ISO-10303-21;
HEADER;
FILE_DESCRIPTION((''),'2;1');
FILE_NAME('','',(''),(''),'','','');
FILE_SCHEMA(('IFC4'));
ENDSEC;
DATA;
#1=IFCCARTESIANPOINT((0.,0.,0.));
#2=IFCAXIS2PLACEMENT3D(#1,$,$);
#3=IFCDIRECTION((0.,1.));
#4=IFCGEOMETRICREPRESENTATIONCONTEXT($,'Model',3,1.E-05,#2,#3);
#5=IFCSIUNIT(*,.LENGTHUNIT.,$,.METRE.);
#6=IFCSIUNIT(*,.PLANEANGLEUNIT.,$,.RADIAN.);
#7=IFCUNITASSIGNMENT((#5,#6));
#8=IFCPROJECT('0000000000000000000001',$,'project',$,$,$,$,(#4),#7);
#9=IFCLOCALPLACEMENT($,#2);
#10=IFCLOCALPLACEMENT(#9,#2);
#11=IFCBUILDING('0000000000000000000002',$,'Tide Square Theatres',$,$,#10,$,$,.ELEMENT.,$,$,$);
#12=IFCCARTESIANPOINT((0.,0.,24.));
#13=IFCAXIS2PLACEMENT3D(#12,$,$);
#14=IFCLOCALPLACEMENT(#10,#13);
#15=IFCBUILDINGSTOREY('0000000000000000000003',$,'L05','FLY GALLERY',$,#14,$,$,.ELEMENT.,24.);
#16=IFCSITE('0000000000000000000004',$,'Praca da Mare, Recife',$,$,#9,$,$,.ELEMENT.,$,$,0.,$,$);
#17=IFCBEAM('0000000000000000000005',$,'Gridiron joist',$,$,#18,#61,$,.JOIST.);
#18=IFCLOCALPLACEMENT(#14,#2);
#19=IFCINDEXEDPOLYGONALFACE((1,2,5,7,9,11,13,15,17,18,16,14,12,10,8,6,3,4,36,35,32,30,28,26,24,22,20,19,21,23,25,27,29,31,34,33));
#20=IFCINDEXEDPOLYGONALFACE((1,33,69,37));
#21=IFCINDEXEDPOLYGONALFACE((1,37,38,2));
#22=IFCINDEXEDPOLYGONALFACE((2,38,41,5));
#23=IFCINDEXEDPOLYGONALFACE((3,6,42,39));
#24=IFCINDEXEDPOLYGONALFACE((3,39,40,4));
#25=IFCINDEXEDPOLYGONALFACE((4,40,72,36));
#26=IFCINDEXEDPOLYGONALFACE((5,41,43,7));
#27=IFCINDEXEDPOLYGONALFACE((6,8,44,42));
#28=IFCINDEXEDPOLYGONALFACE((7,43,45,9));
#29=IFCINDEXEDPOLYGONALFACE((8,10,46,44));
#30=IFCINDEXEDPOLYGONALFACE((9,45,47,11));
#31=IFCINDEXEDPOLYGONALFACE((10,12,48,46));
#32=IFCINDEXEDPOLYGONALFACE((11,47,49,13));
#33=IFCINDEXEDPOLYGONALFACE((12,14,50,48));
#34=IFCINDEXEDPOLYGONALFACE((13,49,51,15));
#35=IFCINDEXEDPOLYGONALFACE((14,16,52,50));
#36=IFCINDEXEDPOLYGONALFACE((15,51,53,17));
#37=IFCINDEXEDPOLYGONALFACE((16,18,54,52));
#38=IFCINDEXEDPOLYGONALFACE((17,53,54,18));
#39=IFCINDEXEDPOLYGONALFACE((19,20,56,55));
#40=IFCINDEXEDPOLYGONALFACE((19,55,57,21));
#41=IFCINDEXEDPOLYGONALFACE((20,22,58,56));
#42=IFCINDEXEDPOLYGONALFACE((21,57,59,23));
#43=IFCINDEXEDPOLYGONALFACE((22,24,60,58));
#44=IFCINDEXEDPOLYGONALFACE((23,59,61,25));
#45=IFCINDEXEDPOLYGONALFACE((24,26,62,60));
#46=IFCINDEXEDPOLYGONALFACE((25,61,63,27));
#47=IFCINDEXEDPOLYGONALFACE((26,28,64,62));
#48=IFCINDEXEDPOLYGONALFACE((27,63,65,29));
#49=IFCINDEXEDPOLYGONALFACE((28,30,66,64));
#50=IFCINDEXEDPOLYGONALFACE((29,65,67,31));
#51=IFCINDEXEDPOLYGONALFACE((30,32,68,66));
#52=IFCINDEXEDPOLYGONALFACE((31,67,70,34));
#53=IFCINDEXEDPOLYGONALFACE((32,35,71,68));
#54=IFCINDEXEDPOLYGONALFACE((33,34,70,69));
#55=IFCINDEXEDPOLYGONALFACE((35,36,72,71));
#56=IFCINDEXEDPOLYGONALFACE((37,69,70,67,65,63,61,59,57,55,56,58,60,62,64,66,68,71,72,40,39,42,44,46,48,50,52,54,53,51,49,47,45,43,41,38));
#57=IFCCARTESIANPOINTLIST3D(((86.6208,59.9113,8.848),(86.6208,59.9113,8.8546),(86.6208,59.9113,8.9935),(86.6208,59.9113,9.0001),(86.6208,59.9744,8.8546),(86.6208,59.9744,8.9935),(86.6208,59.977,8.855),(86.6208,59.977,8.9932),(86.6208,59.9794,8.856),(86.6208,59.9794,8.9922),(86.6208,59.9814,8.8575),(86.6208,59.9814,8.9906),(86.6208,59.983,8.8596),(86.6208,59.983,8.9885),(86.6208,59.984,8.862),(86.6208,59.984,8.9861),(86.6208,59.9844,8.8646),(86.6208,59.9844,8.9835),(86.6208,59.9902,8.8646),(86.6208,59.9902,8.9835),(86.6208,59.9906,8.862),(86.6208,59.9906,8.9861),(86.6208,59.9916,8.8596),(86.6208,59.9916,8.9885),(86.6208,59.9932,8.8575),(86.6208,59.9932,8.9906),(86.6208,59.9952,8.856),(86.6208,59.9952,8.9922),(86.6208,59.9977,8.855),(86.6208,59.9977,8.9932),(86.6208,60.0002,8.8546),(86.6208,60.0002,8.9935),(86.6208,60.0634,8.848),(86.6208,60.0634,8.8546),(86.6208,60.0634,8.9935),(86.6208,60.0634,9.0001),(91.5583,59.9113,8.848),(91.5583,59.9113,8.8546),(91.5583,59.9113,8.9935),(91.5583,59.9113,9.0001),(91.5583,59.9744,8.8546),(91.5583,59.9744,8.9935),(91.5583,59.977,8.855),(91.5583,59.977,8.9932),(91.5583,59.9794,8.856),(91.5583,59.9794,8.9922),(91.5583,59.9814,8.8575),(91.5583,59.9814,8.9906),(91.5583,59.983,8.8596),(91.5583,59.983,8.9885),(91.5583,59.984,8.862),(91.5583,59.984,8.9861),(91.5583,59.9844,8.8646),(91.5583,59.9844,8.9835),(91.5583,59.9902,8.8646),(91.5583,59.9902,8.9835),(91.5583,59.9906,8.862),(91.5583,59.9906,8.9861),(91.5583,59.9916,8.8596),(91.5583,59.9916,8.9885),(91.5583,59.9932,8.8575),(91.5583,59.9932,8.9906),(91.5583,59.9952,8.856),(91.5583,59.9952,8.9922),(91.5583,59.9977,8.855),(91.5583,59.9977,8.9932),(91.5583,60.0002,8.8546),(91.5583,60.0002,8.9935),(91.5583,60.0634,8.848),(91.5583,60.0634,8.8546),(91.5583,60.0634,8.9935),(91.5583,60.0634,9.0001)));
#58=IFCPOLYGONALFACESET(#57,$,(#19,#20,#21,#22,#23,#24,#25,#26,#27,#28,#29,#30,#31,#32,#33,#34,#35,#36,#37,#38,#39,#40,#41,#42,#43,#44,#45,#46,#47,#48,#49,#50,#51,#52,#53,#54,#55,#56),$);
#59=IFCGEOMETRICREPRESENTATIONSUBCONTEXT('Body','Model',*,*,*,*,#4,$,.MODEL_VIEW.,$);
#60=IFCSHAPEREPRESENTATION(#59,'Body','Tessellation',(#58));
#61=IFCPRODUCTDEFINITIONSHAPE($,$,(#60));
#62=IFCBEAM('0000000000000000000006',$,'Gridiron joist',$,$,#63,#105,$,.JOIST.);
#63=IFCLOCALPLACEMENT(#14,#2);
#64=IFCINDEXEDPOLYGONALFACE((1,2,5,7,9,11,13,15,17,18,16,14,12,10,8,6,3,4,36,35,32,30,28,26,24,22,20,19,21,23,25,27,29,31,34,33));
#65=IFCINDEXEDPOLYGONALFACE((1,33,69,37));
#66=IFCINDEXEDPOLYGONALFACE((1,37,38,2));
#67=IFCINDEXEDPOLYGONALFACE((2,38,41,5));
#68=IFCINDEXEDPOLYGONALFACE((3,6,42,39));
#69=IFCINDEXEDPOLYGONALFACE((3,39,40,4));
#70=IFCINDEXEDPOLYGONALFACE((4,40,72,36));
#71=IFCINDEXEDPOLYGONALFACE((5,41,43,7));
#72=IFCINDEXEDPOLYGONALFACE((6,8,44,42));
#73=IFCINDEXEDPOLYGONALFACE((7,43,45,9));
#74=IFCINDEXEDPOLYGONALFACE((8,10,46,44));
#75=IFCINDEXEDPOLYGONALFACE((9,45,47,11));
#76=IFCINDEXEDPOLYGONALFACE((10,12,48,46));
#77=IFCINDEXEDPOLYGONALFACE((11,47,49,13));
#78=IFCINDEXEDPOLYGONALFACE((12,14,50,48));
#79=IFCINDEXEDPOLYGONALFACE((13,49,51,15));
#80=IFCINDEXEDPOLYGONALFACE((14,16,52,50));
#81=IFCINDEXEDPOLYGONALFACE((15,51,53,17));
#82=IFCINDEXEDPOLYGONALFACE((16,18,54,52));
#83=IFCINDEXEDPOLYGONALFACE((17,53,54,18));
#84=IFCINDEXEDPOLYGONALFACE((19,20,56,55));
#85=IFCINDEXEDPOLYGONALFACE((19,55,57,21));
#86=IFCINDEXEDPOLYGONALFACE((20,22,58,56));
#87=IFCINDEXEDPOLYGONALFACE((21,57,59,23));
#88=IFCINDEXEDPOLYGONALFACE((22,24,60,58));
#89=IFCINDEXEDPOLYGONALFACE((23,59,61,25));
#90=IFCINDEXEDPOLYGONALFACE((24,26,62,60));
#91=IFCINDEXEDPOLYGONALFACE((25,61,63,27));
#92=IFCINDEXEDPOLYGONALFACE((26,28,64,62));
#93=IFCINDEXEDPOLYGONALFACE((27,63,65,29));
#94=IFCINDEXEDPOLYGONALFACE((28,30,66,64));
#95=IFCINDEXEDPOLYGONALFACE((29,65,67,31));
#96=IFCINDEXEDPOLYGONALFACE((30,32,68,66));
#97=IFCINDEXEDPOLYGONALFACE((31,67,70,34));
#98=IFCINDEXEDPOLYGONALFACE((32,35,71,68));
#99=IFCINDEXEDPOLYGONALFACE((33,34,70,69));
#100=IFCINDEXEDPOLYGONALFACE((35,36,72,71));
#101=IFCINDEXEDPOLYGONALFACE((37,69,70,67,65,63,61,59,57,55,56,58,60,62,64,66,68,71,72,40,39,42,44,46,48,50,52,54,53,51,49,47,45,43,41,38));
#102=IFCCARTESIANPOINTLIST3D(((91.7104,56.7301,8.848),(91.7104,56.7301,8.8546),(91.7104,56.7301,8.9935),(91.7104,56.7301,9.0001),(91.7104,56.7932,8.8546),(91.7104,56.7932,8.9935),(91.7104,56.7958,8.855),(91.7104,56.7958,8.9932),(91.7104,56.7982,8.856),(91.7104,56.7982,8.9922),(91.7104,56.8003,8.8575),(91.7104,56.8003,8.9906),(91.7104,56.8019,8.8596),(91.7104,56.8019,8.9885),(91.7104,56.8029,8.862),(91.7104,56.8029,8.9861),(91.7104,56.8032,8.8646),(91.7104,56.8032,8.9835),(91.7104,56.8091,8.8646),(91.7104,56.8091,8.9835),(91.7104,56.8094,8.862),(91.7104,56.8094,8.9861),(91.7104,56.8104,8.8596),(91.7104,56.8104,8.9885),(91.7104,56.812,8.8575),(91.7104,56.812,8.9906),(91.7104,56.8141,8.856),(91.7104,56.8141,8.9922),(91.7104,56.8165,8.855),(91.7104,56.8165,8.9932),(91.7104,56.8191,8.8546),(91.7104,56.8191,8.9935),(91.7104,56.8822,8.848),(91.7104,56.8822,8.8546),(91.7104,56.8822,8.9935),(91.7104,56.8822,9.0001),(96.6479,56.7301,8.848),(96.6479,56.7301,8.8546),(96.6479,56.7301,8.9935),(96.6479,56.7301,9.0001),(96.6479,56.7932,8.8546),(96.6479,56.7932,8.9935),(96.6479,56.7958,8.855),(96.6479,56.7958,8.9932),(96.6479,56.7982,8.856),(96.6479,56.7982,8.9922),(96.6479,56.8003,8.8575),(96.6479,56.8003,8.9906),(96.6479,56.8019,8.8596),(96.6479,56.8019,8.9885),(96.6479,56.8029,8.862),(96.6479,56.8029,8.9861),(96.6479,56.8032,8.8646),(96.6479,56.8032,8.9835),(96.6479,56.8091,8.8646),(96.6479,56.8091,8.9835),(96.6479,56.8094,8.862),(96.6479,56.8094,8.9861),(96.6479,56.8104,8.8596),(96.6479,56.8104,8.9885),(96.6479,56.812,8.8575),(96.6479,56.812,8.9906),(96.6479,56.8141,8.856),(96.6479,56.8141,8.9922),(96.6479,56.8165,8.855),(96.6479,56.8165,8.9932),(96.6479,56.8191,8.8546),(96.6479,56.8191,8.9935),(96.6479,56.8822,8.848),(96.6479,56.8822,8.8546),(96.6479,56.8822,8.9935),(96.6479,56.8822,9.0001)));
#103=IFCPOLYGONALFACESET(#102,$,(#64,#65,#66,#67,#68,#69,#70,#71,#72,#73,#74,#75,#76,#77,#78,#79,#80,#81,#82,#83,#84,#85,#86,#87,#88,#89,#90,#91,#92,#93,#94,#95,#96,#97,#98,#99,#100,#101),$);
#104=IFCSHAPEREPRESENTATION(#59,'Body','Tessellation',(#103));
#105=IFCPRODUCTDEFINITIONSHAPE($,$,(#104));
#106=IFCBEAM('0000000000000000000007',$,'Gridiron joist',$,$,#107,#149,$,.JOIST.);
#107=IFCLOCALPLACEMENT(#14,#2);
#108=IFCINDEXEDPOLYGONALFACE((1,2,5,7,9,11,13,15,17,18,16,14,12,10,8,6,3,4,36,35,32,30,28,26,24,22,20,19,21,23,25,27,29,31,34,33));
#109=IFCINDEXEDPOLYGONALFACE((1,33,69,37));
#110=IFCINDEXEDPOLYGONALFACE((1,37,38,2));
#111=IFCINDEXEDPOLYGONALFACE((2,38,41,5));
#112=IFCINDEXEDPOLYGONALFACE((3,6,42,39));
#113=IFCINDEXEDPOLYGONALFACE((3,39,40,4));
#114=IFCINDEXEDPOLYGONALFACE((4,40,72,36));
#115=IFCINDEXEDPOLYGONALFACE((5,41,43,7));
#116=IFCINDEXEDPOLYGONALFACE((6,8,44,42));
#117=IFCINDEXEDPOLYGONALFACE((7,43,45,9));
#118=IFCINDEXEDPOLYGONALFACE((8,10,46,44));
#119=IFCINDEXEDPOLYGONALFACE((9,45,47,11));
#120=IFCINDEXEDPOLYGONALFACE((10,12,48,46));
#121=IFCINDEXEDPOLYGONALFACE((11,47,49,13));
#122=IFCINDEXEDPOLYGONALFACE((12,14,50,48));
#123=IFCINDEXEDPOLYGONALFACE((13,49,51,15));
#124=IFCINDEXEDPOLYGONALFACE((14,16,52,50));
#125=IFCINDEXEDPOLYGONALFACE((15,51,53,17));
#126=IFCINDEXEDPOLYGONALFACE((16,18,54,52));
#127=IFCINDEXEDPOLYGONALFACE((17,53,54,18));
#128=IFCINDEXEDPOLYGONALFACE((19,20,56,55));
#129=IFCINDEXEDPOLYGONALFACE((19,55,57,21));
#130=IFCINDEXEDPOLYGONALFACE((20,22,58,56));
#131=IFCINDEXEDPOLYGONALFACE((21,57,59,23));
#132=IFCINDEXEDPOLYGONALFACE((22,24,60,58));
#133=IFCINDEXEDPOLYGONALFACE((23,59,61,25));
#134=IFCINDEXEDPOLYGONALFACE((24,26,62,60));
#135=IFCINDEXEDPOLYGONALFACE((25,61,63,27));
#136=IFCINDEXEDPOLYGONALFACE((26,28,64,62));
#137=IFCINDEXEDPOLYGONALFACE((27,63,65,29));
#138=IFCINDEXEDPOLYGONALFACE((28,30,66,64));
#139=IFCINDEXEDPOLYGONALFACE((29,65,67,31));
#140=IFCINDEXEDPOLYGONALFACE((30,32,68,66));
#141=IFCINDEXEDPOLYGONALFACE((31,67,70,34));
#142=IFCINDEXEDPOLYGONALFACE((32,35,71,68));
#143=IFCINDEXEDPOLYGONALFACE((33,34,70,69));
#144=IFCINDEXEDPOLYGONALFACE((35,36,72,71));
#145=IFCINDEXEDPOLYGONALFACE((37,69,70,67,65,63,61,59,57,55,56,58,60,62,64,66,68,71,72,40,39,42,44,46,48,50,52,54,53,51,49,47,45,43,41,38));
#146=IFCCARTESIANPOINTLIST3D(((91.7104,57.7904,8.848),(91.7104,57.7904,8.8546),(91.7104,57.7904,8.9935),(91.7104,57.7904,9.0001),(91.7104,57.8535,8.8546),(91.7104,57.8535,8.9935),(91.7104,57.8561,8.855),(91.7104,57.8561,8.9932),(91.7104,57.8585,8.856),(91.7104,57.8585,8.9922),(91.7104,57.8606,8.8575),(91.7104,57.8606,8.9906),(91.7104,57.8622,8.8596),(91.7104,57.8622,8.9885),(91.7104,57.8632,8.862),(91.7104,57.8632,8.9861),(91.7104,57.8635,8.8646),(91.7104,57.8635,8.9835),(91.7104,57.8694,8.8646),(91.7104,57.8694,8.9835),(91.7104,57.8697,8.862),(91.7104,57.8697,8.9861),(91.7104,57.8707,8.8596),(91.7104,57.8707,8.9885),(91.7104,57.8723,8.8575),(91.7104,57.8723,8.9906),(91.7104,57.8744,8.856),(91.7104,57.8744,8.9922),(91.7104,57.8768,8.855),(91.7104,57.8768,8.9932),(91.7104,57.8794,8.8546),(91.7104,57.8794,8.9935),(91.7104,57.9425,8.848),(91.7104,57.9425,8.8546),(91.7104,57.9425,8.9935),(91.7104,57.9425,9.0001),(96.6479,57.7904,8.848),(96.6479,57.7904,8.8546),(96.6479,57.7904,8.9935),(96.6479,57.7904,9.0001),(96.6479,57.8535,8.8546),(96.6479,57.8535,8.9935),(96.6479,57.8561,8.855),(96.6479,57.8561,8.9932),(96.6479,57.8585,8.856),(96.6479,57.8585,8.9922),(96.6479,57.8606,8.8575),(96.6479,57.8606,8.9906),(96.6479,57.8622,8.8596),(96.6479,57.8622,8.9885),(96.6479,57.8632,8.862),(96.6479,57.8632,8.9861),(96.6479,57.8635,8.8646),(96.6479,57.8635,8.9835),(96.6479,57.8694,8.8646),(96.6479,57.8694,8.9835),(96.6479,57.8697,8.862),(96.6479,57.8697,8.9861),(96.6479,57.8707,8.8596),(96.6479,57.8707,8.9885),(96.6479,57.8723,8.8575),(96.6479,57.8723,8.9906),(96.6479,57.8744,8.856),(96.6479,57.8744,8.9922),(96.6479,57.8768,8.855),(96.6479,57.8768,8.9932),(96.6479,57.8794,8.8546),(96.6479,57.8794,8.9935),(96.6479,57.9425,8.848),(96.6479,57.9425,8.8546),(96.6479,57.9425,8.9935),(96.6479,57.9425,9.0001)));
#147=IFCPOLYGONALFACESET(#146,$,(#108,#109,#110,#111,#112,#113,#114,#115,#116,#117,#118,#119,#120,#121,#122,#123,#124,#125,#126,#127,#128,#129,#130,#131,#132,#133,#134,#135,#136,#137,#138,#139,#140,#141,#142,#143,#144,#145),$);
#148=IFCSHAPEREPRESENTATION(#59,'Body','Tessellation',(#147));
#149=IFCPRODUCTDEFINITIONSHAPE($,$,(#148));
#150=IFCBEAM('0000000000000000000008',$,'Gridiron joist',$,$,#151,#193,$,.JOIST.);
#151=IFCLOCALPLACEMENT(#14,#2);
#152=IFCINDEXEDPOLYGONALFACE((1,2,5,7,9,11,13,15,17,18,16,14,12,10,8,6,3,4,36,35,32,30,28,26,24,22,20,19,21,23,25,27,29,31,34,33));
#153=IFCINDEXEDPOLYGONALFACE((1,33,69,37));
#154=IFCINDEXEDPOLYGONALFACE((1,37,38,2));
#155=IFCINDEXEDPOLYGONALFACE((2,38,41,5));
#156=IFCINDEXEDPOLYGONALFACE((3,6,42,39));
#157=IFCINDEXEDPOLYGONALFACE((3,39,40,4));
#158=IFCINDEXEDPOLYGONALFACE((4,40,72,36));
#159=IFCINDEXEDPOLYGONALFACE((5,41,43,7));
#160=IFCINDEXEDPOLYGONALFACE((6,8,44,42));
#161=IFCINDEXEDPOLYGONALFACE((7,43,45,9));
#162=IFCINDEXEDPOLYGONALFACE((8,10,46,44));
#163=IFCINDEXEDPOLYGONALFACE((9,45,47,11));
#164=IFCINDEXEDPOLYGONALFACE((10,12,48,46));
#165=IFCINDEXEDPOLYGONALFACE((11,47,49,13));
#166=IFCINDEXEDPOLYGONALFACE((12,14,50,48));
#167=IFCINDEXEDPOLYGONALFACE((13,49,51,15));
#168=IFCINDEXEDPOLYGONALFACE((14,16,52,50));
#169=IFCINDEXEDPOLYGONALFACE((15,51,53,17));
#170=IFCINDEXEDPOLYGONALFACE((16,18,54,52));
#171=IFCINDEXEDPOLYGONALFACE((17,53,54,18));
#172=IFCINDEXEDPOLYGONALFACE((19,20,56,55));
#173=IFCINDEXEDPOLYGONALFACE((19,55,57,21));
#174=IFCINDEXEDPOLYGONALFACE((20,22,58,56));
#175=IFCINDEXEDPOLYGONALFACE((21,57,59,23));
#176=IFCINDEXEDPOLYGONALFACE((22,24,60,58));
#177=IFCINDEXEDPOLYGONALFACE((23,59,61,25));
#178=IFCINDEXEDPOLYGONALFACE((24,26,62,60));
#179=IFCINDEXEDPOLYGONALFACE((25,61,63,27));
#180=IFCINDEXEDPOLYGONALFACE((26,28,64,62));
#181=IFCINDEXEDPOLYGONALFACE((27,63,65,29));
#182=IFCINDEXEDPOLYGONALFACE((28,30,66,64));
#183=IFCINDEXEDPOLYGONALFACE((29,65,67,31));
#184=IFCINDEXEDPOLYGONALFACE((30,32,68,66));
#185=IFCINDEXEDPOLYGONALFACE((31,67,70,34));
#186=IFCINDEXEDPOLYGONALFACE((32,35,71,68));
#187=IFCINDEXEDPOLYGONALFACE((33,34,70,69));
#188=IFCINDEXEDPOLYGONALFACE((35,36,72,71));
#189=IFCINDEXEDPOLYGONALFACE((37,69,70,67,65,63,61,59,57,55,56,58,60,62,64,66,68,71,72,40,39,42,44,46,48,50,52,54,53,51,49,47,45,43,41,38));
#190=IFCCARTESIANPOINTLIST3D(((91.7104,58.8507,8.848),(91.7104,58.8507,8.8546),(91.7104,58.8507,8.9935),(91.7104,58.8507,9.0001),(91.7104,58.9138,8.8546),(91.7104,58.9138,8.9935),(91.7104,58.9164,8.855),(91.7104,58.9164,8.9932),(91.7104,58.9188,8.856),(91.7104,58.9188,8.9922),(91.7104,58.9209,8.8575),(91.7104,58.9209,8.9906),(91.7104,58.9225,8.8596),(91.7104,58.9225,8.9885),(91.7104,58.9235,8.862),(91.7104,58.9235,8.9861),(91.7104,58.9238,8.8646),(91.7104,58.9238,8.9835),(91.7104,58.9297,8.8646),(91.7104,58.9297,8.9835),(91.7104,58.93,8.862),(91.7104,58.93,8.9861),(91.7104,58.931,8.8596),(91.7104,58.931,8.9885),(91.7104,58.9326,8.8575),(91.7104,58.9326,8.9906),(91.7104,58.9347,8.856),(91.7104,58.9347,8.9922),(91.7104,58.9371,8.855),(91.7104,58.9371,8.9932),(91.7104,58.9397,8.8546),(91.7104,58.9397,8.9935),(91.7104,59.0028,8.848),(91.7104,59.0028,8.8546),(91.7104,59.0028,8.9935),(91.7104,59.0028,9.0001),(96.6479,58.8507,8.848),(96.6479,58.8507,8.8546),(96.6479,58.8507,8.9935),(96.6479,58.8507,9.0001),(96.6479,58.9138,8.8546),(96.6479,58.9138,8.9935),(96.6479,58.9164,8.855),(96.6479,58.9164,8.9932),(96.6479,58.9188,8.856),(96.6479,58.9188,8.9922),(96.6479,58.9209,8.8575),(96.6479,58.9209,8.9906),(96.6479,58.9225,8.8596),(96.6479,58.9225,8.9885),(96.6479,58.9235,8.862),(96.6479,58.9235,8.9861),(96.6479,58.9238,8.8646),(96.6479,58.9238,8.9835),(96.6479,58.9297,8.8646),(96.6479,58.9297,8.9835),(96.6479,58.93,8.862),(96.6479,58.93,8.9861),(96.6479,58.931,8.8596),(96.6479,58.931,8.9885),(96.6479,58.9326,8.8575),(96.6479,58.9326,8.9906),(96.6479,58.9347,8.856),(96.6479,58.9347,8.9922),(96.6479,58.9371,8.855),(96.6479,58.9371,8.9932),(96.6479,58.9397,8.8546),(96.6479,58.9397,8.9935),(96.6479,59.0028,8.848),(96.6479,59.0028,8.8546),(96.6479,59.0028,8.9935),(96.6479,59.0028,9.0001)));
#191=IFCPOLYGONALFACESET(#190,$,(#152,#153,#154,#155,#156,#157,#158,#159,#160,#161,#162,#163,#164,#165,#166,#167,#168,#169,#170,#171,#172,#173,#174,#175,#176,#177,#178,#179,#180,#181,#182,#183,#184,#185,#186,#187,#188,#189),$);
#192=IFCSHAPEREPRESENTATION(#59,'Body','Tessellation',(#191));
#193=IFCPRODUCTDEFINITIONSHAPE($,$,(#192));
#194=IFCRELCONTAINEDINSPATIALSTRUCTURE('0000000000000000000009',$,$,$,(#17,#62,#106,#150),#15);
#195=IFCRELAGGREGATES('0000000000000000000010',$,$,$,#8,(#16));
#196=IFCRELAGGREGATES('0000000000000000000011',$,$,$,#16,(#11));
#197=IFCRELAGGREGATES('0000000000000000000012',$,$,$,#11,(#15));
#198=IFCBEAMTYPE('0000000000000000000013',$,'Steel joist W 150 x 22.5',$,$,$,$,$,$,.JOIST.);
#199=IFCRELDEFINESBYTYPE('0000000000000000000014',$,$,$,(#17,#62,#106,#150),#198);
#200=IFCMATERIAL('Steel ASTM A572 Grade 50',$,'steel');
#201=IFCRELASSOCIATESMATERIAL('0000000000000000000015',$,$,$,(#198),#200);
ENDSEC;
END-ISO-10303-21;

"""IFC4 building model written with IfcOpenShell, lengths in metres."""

from ifc_helpers import new_model, si_unit, direction, frame, origin, origin_2d, place, context, subcontext, project, spatial, i_section, extrude, material, material_profile, profile_set, type_object, element, save


model = new_model("IFC4")

# Units and contexts
model_context = context("Model", 3, precision=1e-05, world=origin(), true_north=direction((0.0, 1.0)))
body_context = subcontext(model_context, "Body", "Model", "MODEL_VIEW")
ifc_project = project(units=[si_unit("LENGTHUNIT", "METRE"), si_unit("PLANEANGLEUNIT", "RADIAN")], contexts=[model_context])

# Site, building, storey
site_placement = place(None, origin())
site = spatial("IfcSite", under=ifc_project, at=site_placement, Name="Praca da Mare, Recife", CompositionType="ELEMENT", RefElevation=0.0)
building_placement = place(site_placement, origin())
building = spatial("IfcBuilding", under=site, at=building_placement, Name="Tide Square Theatres", CompositionType="ELEMENT")
storey_placement = place(building_placement, frame((0.0, 0.0, 24.0)))
storey = spatial("IfcBuildingStorey", under=building, at=storey_placement, Name="L05", Description="FLY GALLERY", CompositionType="ELEMENT", Elevation=24.0)

# Beams
ifc_material_1 = material(Name="Steel ASTM A572 Grade 50", Category="steel")
ifc_material_profile_1 = material_profile(ifc_material_1, i_section(OverallWidth=0.1521, OverallDepth=0.1521, WebThickness=0.0059, FlangeThickness=0.0066, FilletRadius=0.01, at=origin_2d()))
ifc_profile_set_1 = profile_set([ifc_material_profile_1], Name="Steel ASTM A572 Grade 50")
beam_type_1 = type_object("IfcBeamType", Name="Steel joist W 150 x 22.5", PredefinedType="JOIST", material=ifc_profile_set_1)
for number, where, z_axis, x_axis, name in (
    (1, (86.6208, 59.9873, 8.9241), (1.0, 0.0, 0.0), (0.0, 1.0, 0.0), "Gridiron joist"),
    (2, (91.7104, 56.8062, 8.9241), (1.0, 0.0, 0.0), (0.0, 1.0, 0.0), "Gridiron joist"),
    (3, (91.7104, 57.8665, 8.9241), (1.0, 0.0, 0.0), (0.0, 1.0, 0.0), "Gridiron joist"),
    (4, (91.7104, 58.9268, 8.9241), (1.0, 0.0, 0.0), (0.0, 1.0, 0.0), "Gridiron joist"),
):
    element("IfcBeam", number, at=place(storey_placement, frame(where, z_axis=z_axis, x_axis=x_axis)), inside=storey, type_object=beam_type_1, Name=name, PredefinedType="JOIST", context=body_context, shape_type="SweptSolid", body=[
        extrude(i_section(OverallWidth=0.1521, OverallDepth=0.1521, WebThickness=0.0059, FlangeThickness=0.0066, FilletRadius=0.01, at=origin_2d()), origin(), (0.0, 0.0, 1.0), 4.9375),
    ])

save(model, "model.ifc")
